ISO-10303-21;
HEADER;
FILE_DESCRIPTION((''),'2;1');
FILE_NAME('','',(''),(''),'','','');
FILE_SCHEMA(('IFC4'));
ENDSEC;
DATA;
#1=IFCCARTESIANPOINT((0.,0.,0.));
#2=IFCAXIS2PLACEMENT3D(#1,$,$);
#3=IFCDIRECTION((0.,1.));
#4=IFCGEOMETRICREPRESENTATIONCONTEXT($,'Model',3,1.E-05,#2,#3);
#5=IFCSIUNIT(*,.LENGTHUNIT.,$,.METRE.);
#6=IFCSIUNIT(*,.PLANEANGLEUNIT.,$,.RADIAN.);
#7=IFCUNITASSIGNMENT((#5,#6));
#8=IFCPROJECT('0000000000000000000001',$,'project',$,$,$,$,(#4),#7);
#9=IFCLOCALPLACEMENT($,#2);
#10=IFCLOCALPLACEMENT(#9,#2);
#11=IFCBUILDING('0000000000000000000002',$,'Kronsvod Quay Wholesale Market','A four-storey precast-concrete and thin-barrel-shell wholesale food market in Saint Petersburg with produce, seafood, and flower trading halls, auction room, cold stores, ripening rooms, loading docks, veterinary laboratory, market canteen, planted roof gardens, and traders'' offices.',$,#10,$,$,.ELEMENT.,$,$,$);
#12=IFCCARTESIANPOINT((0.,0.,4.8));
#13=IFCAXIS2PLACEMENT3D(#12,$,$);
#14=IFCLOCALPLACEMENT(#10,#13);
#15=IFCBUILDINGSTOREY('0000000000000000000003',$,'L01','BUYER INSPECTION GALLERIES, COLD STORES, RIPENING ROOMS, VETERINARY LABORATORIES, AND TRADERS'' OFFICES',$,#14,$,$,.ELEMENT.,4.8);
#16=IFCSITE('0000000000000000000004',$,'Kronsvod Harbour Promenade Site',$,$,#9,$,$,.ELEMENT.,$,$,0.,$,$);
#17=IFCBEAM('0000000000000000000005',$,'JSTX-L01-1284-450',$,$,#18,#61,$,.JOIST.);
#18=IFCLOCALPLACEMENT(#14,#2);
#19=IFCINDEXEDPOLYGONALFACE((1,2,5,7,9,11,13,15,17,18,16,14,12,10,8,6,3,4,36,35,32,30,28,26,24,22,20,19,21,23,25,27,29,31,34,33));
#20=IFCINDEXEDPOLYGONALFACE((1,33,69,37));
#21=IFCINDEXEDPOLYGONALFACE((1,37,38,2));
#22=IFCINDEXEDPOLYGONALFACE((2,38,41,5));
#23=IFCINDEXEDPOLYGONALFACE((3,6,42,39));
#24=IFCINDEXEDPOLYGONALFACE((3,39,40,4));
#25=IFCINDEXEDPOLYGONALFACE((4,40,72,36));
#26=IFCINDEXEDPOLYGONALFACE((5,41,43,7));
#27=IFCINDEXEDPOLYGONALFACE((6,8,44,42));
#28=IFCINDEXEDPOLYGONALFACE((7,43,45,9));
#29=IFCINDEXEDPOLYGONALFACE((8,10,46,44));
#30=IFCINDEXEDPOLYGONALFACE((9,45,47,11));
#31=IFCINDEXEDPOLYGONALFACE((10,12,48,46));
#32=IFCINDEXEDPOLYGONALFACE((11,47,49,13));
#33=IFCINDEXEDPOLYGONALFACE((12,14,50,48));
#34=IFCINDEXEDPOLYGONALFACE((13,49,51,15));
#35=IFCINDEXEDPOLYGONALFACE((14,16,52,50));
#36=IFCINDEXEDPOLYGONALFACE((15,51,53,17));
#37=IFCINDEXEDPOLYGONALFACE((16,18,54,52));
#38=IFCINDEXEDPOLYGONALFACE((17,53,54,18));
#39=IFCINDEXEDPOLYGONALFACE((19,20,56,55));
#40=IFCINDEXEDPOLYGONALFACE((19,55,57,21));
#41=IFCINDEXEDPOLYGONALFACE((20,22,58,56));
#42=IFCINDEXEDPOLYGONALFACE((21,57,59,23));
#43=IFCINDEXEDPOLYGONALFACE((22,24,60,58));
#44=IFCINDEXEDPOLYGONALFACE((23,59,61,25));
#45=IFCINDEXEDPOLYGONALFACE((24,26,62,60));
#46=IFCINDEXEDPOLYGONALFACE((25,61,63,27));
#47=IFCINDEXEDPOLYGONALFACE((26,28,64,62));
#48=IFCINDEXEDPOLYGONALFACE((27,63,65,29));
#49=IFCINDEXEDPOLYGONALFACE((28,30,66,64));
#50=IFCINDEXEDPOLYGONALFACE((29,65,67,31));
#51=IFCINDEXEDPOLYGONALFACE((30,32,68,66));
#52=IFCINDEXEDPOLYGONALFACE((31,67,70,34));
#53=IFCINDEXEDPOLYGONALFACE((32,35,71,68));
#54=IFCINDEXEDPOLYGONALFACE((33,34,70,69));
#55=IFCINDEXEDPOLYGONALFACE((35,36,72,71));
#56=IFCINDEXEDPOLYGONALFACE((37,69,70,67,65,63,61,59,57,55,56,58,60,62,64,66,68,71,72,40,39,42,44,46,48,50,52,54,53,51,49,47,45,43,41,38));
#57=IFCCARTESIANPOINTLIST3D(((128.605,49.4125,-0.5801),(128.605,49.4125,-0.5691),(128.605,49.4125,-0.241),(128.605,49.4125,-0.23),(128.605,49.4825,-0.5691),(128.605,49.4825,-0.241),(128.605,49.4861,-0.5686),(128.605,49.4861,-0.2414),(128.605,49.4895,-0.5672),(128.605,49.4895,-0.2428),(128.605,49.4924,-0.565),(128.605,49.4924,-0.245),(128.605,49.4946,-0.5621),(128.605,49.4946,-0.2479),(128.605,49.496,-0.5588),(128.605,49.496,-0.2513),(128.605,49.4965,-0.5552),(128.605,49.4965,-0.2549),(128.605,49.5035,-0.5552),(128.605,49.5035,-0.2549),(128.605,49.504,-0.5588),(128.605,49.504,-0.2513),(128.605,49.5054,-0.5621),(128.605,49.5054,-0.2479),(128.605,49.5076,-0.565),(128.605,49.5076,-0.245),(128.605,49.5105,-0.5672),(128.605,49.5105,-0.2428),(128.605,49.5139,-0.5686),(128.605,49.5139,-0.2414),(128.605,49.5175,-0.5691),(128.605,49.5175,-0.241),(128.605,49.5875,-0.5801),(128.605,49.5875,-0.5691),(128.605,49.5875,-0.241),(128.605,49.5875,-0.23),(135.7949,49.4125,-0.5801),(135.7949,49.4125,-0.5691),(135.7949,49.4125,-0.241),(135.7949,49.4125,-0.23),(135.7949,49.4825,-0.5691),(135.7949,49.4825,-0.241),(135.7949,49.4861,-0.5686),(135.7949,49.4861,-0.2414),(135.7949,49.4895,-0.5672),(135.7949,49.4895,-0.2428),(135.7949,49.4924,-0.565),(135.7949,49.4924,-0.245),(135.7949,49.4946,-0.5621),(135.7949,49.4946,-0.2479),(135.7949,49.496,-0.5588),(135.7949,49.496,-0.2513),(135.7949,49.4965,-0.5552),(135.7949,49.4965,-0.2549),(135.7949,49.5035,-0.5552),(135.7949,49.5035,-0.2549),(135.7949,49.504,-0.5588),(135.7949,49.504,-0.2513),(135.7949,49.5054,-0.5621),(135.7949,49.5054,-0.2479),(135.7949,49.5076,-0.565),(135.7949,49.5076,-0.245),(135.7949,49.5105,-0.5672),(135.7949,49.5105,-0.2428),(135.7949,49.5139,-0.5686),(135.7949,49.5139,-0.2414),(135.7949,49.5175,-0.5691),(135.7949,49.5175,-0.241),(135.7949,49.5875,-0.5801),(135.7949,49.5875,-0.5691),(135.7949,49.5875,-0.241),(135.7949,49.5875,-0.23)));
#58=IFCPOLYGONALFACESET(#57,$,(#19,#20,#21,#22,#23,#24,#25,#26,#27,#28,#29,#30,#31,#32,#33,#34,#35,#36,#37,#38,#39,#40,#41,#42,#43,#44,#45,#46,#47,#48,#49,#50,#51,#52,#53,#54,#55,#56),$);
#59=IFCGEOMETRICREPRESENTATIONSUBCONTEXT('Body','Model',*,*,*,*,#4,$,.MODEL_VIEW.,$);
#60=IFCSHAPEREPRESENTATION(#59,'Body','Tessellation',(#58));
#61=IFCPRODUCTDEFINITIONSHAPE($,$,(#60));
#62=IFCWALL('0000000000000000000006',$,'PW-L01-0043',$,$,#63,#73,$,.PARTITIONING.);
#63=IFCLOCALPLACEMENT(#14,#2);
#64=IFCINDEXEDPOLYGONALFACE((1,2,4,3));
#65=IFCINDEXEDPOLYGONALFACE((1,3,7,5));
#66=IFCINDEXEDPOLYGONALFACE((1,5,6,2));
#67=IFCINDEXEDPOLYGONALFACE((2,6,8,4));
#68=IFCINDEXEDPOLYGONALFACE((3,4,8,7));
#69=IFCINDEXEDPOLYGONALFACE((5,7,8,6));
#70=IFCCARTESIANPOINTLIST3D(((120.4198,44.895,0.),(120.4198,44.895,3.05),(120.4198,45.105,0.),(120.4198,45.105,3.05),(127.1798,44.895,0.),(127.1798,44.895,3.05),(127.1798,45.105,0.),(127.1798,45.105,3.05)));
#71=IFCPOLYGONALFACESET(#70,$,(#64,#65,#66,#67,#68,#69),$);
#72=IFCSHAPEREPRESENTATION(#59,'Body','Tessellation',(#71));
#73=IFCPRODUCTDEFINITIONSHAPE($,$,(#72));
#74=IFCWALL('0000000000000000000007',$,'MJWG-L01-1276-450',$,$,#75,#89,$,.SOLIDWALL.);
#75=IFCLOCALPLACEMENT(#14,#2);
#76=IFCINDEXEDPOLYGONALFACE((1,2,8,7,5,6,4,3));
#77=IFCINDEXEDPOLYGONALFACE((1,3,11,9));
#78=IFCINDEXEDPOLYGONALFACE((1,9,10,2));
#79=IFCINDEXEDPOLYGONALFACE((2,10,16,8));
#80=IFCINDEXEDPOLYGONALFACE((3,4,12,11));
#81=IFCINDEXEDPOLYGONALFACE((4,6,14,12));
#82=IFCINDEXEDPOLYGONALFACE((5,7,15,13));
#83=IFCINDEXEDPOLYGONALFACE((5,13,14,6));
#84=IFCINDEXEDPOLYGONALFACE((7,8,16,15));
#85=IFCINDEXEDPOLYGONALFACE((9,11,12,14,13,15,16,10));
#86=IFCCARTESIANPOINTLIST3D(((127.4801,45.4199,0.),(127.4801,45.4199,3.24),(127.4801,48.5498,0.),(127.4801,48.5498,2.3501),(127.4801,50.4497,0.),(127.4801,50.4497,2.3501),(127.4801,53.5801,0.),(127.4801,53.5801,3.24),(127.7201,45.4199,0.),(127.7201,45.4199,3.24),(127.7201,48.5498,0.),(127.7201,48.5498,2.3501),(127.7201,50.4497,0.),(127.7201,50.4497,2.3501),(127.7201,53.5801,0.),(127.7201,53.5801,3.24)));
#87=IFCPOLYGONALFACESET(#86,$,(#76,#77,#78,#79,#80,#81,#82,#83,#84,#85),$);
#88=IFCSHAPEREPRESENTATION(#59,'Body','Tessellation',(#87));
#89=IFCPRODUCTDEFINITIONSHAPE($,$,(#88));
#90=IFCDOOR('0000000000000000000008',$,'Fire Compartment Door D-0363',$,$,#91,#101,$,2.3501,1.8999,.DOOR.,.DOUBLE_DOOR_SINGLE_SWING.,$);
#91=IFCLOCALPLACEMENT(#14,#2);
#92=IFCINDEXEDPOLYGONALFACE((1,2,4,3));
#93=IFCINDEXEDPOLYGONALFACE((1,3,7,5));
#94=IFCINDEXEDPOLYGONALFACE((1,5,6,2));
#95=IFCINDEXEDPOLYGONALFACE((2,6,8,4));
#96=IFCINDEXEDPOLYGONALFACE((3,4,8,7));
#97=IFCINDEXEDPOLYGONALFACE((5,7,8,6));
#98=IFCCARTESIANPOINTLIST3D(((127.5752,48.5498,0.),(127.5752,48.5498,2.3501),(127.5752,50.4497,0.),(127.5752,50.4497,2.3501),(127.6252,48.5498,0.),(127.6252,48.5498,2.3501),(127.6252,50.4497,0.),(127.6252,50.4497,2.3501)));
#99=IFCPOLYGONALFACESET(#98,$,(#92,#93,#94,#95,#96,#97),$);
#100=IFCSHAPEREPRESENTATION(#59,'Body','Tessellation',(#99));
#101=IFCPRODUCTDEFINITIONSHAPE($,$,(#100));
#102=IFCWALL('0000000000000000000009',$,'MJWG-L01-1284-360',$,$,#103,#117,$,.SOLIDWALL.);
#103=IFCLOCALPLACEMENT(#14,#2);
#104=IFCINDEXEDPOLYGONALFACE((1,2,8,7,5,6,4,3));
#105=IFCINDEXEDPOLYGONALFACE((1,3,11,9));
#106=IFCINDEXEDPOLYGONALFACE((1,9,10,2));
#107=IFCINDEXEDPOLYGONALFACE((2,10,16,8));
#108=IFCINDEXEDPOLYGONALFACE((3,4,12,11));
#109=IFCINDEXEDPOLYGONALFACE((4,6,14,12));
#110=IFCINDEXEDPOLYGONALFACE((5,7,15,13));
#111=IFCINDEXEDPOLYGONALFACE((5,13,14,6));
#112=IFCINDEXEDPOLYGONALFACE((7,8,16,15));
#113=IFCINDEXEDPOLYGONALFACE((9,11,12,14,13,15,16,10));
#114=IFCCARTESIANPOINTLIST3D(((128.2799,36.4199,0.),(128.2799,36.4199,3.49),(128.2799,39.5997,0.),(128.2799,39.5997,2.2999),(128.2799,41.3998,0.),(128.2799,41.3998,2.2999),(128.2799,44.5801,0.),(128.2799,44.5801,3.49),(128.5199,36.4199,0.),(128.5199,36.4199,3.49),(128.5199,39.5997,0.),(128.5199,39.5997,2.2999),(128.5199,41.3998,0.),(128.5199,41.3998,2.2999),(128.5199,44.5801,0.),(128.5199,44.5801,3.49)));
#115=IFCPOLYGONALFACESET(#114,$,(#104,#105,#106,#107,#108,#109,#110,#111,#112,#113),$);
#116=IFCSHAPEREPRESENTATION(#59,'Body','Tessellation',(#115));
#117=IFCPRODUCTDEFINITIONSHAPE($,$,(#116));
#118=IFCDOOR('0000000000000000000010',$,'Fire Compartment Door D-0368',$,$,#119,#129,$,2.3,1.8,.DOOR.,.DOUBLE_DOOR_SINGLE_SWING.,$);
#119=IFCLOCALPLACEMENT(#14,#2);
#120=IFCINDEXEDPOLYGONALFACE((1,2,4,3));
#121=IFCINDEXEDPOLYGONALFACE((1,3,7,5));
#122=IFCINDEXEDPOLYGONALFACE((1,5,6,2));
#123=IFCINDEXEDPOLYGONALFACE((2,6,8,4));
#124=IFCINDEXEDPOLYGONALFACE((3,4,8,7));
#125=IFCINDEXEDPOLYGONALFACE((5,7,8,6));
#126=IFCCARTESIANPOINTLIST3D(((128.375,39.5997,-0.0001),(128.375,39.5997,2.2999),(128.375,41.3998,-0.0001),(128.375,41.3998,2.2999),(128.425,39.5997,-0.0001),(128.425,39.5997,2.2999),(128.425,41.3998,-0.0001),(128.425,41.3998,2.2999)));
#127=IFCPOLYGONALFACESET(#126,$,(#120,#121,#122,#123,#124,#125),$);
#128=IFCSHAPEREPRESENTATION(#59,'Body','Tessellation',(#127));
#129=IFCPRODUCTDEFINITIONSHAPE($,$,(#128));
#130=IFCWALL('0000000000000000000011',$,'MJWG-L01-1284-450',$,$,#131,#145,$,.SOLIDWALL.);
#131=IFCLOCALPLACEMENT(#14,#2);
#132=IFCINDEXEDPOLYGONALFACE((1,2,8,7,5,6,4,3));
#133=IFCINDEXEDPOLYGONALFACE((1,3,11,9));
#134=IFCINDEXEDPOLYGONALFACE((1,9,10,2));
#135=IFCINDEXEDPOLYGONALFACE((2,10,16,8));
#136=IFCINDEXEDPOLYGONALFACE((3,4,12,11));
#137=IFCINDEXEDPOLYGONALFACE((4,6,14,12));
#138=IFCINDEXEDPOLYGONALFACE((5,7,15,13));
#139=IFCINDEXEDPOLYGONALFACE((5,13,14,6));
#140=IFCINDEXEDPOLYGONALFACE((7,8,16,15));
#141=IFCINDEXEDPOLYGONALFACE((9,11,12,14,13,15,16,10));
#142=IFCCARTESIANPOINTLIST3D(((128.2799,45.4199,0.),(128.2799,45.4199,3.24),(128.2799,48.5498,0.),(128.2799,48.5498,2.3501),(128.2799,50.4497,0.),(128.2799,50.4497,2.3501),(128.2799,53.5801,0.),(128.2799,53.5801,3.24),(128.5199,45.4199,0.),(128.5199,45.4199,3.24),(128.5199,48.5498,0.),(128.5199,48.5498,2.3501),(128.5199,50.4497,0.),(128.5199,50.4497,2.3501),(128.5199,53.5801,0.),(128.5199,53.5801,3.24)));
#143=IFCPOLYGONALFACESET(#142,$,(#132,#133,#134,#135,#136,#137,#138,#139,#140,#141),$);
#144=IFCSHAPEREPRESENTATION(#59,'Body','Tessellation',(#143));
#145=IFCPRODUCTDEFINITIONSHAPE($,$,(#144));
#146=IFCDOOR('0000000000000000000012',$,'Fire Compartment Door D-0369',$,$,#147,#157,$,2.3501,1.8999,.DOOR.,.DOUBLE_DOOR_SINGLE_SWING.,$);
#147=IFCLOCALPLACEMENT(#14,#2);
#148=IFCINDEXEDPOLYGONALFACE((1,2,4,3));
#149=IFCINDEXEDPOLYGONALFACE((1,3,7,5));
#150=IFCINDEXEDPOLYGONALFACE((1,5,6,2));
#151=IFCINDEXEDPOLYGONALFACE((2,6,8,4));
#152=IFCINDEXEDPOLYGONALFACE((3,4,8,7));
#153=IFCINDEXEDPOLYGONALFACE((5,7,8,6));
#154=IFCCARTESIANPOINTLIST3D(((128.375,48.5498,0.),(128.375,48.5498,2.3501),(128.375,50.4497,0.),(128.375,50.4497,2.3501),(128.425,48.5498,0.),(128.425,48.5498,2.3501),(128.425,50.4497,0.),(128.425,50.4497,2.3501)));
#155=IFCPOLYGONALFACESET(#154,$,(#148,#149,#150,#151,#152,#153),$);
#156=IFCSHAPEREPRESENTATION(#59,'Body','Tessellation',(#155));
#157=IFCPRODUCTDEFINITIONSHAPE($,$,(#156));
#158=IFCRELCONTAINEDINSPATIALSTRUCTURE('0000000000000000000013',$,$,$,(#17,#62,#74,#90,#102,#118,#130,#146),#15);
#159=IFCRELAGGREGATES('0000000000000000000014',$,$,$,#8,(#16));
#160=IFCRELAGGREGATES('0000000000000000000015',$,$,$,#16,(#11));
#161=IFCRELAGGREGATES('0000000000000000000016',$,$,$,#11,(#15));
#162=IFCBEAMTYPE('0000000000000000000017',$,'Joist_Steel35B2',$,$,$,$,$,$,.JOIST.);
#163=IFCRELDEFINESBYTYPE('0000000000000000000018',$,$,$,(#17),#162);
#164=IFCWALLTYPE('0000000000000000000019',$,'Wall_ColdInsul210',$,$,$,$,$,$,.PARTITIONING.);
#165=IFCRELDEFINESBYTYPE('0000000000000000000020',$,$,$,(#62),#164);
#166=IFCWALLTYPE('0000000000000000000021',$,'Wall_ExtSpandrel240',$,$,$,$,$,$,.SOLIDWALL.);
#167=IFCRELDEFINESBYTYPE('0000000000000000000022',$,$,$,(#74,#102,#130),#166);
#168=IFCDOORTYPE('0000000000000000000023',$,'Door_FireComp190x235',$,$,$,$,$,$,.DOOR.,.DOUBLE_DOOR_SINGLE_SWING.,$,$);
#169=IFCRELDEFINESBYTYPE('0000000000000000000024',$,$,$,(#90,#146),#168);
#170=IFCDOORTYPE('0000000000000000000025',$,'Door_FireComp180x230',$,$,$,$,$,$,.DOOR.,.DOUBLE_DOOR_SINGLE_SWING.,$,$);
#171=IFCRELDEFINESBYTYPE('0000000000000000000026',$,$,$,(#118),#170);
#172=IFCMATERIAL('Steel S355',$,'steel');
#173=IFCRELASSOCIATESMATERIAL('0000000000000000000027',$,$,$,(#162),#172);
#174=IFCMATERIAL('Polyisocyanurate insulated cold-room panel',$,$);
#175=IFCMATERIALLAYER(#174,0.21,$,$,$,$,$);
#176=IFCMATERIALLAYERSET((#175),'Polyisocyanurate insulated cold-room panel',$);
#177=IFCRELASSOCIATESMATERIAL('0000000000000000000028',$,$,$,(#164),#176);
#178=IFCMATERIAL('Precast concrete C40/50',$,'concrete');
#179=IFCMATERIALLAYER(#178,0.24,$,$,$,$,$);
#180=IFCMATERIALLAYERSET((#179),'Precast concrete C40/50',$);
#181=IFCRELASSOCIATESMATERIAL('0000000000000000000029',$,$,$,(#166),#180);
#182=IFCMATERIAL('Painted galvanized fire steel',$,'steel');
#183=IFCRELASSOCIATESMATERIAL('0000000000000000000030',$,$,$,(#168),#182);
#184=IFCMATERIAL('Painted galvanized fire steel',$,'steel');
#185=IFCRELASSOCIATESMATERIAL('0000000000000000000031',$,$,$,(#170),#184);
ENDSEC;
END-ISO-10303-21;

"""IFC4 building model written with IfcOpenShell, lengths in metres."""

from ifc_helpers import new_model, si_unit, direction, frame, frame_2d, origin, origin_2d, place, context, subcontext, project, spatial, rectangle, i_section, extrude, material, layer, layer_set, material_profile, profile_set, type_object, element, fill, save


model = new_model("IFC4")

# Units and contexts
model_context = context("Model", 3, precision=1e-05, world=origin(), true_north=direction((0.0, 1.0)))
body_context = subcontext(model_context, "Body", "Model", "MODEL_VIEW")
ifc_project = project(units=[si_unit("LENGTHUNIT", "METRE"), si_unit("PLANEANGLEUNIT", "RADIAN")], contexts=[model_context])

# Site, building, storey
site_placement = place(None, origin())
site = spatial("IfcSite", under=ifc_project, at=site_placement, Name="Kronsvod Harbour Promenade Site", CompositionType="ELEMENT", RefElevation=0.0)
building_placement = place(site_placement, origin())
building = spatial("IfcBuilding", under=site, at=building_placement, Name="Kronsvod Quay Wholesale Market", Description="A four-storey precast-concrete and thin-barrel-shell wholesale food market in Saint Petersburg with produce, seafood, and flower trading halls, auction room, cold stores, ripening rooms, loading docks, veterinary laboratory, market canteen, planted roof gardens, and traders' offices.", CompositionType="ELEMENT")
storey_placement = place(building_placement, frame((0.0, 0.0, 4.8)))
storey = spatial("IfcBuildingStorey", under=building, at=storey_placement, Name="L01", Description="BUYER INSPECTION GALLERIES, COLD STORES, RIPENING ROOMS, VETERINARY LABORATORIES, AND TRADERS' OFFICES", CompositionType="ELEMENT", Elevation=4.8)

# Beam
ifc_material_1 = material(Name="Steel S355", Category="steel")
ifc_material_profile_1 = material_profile(ifc_material_1, i_section(OverallWidth=0.175, OverallDepth=0.3501, WebThickness=0.0071, FlangeThickness=0.011, FilletRadius=0.0139, at=origin_2d()), Name="35B2")
ifc_profile_set_1 = profile_set([ifc_material_profile_1], Name="Steel S355")
beam_type_1 = type_object("IfcBeamType", Name="Joist_Steel35B2", PredefinedType="JOIST", material=ifc_profile_set_1)
beam_1_placement = place(storey_placement, frame((128.605, 49.5, -0.405), z_axis=(1.0, 0.0, 0.0), x_axis=(0.0, 1.0, 0.0)))
element("IfcBeam", 1, at=beam_1_placement, inside=storey, type_object=beam_type_1, Name="JSTX-L01-1284-450", PredefinedType="JOIST", context=body_context, shape_type="SweptSolid", body=[
    extrude(i_section(OverallWidth=0.175, OverallDepth=0.3501, WebThickness=0.0071, FlangeThickness=0.011, FilletRadius=0.0139, at=origin_2d()), origin(), (0.0, 0.0, 1.0), 7.1899),
])

# Wall
ifc_material_2 = material(Name="Polyisocyanurate insulated cold-room panel")
ifc_layer_1 = layer(ifc_material_2, 0.21)
ifc_layer_set_1 = layer_set([ifc_layer_1], Name="Polyisocyanurate insulated cold-room panel")
wall_type_1 = type_object("IfcWallType", Name="Wall_ColdInsul210", PredefinedType="PARTITIONING", material=ifc_layer_set_1)
wall_1_placement = place(storey_placement, frame((120.4199, 45.0, 0.0), z_axis=(0.0, 0.0, 1.0), x_axis=(1.0, 0.0, 0.0)))
element("IfcWall", 2, at=wall_1_placement, inside=storey, type_object=wall_type_1, Name="PW-L01-0043", PredefinedType="PARTITIONING", context=body_context, shape_type="SweptSolid", body=[
    extrude(rectangle(XDim=6.76, YDim=0.21, at=frame_2d((3.3799, 0.0))), origin(), (0.0, 0.0, 1.0), 3.05),
])

# Walls, openings, doors
ifc_material_3 = material(Name="Precast concrete C40/50", Category="concrete")
ifc_layer_2 = layer(ifc_material_3, 0.24)
ifc_layer_set_2 = layer_set([ifc_layer_2], Name="Precast concrete C40/50")
wall_type_2 = type_object("IfcWallType", Name="Wall_ExtSpandrel240", PredefinedType="SOLIDWALL", material=ifc_layer_set_2)
wall_2_placement = place(storey_placement, frame((127.6001, 45.4199, 0.0), z_axis=(0.0, 0.0, 1.0), x_axis=(0.0, 1.0, 0.0)))
wall_2 = element("IfcWall", 3, at=wall_2_placement, inside=storey, type_object=wall_type_2, Name="MJWG-L01-1276-450", PredefinedType="SOLIDWALL", context=body_context, shape_type="SweptSolid", body=[
    extrude(rectangle(XDim=8.1602, YDim=0.24, at=frame_2d((4.0801, 0.0))), origin(), (0.0, 0.0, 1.0), 3.24),
])
opening_1_placement = place(wall_2_placement, frame((3.1299, 0.0, 0.0)))
opening_1 = element("IfcOpeningElement", 4, at=opening_1_placement, cuts=wall_2, PredefinedType="OPENING", context=body_context, shape_type="SweptSolid", body=[
    extrude(rectangle(XDim=1.8999, YDim=2.3501, at=frame_2d((0.95, 1.175))), frame((0.0, 0.1299, 0.0), z_axis=(0.0, -1.0, 0.0), x_axis=(1.0, 0.0, 0.0)), (0.0, 0.0, 1.0), 0.26),
])
ifc_material_4 = material(Name="Painted galvanized fire steel", Category="steel")
door_type_1 = type_object("IfcDoorType", Name="Door_FireComp190x235", OperationType="DOUBLE_DOOR_SINGLE_SWING", PredefinedType="DOOR", material=ifc_material_4)
door_1_placement = place(opening_1_placement, origin())
door_1 = element("IfcDoor", 5, at=door_1_placement, inside=storey, type_object=door_type_1, Name="Fire Compartment Door D-0363", OperationType="DOUBLE_DOOR_SINGLE_SWING", OverallHeight=2.3501, OverallWidth=1.8999, PredefinedType="DOOR", context=body_context, shape_type="SweptSolid", body=[
    extrude(rectangle(XDim=1.8999, YDim=2.3501, at=frame_2d((0.95, 1.175))), frame((0.0, 0.0249, 0.0), z_axis=(0.0, -1.0, 0.0), x_axis=(1.0, 0.0, 0.0)), (0.0, 0.0, 1.0), 0.05),
])
fill(opening_1, door_1)
wall_3_placement = place(storey_placement, frame((128.3999, 36.4199, 0.0), z_axis=(0.0, 0.0, 1.0), x_axis=(0.0, 1.0, 0.0)))
wall_3 = element("IfcWall", 6, at=wall_3_placement, inside=storey, type_object=wall_type_2, Name="MJWG-L01-1284-360", PredefinedType="SOLIDWALL", context=body_context, shape_type="SweptSolid", body=[
    extrude(rectangle(XDim=8.1602, YDim=0.24, at=frame_2d((4.0801, 0.0))), origin(), (0.0, 0.0, 1.0), 3.49),
])
opening_2_placement = place(wall_3_placement, frame((3.1799, 0.0, 0.0)))
opening_2 = element("IfcOpeningElement", 7, at=opening_2_placement, cuts=wall_3, PredefinedType="OPENING", context=body_context, shape_type="SweptSolid", body=[
    extrude(rectangle(XDim=1.8, YDim=2.3, at=frame_2d((0.8999, 1.1499))), frame((0.0, 0.1299, 0.0), z_axis=(0.0, -1.0, 0.0), x_axis=(1.0, 0.0, 0.0)), (0.0, 0.0, 1.0), 0.26),
])
ifc_material_5 = material(Name="Painted galvanized fire steel", Category="steel")
door_type_2 = type_object("IfcDoorType", Name="Door_FireComp180x230", OperationType="DOUBLE_DOOR_SINGLE_SWING", PredefinedType="DOOR", material=ifc_material_5)
door_2_placement = place(opening_2_placement, origin())
door_2 = element("IfcDoor", 8, at=door_2_placement, inside=storey, type_object=door_type_2, Name="Fire Compartment Door D-0368", OperationType="DOUBLE_DOOR_SINGLE_SWING", OverallHeight=2.3, OverallWidth=1.8, PredefinedType="DOOR", context=body_context, shape_type="SweptSolid", body=[
    extrude(rectangle(XDim=1.8, YDim=2.3, at=frame_2d((0.8999, 1.1499))), frame((0.0, 0.0249, 0.0), z_axis=(0.0, -1.0, 0.0), x_axis=(1.0, 0.0, 0.0)), (0.0, 0.0, 1.0), 0.05),
])
fill(opening_2, door_2)
wall_4_placement = place(storey_placement, frame((128.3999, 45.4199, 0.0), z_axis=(0.0, 0.0, 1.0), x_axis=(0.0, 1.0, 0.0)))
wall_4 = element("IfcWall", 9, at=wall_4_placement, inside=storey, type_object=wall_type_2, Name="MJWG-L01-1284-450", PredefinedType="SOLIDWALL", context=body_context, shape_type="SweptSolid", body=[
    extrude(rectangle(XDim=8.1602, YDim=0.24, at=frame_2d((4.0801, 0.0))), origin(), (0.0, 0.0, 1.0), 3.24),
])
opening_3_placement = place(wall_4_placement, frame((3.1299, 0.0, 0.0)))
opening_3 = element("IfcOpeningElement", 10, at=opening_3_placement, cuts=wall_4, PredefinedType="OPENING", context=body_context, shape_type="SweptSolid", body=[
    extrude(rectangle(XDim=1.8999, YDim=2.3501, at=frame_2d((0.95, 1.175))), frame((0.0, 0.1299, 0.0), z_axis=(0.0, -1.0, 0.0), x_axis=(1.0, 0.0, 0.0)), (0.0, 0.0, 1.0), 0.26),
])
door_3_placement = place(opening_3_placement, origin())
door_3 = element("IfcDoor", 11, at=door_3_placement, inside=storey, type_object=door_type_1, Name="Fire Compartment Door D-0369", OperationType="DOUBLE_DOOR_SINGLE_SWING", OverallHeight=2.3501, OverallWidth=1.8999, PredefinedType="DOOR", context=body_context, shape_type="SweptSolid", body=[
    extrude(rectangle(XDim=1.8999, YDim=2.3501, at=frame_2d((0.95, 1.175))), frame((0.0, 0.0249, 0.0), z_axis=(0.0, -1.0, 0.0), x_axis=(1.0, 0.0, 0.0)), (0.0, 0.0, 1.0), 0.05),
])
fill(opening_3, door_3)

save(model, "model.ifc")
